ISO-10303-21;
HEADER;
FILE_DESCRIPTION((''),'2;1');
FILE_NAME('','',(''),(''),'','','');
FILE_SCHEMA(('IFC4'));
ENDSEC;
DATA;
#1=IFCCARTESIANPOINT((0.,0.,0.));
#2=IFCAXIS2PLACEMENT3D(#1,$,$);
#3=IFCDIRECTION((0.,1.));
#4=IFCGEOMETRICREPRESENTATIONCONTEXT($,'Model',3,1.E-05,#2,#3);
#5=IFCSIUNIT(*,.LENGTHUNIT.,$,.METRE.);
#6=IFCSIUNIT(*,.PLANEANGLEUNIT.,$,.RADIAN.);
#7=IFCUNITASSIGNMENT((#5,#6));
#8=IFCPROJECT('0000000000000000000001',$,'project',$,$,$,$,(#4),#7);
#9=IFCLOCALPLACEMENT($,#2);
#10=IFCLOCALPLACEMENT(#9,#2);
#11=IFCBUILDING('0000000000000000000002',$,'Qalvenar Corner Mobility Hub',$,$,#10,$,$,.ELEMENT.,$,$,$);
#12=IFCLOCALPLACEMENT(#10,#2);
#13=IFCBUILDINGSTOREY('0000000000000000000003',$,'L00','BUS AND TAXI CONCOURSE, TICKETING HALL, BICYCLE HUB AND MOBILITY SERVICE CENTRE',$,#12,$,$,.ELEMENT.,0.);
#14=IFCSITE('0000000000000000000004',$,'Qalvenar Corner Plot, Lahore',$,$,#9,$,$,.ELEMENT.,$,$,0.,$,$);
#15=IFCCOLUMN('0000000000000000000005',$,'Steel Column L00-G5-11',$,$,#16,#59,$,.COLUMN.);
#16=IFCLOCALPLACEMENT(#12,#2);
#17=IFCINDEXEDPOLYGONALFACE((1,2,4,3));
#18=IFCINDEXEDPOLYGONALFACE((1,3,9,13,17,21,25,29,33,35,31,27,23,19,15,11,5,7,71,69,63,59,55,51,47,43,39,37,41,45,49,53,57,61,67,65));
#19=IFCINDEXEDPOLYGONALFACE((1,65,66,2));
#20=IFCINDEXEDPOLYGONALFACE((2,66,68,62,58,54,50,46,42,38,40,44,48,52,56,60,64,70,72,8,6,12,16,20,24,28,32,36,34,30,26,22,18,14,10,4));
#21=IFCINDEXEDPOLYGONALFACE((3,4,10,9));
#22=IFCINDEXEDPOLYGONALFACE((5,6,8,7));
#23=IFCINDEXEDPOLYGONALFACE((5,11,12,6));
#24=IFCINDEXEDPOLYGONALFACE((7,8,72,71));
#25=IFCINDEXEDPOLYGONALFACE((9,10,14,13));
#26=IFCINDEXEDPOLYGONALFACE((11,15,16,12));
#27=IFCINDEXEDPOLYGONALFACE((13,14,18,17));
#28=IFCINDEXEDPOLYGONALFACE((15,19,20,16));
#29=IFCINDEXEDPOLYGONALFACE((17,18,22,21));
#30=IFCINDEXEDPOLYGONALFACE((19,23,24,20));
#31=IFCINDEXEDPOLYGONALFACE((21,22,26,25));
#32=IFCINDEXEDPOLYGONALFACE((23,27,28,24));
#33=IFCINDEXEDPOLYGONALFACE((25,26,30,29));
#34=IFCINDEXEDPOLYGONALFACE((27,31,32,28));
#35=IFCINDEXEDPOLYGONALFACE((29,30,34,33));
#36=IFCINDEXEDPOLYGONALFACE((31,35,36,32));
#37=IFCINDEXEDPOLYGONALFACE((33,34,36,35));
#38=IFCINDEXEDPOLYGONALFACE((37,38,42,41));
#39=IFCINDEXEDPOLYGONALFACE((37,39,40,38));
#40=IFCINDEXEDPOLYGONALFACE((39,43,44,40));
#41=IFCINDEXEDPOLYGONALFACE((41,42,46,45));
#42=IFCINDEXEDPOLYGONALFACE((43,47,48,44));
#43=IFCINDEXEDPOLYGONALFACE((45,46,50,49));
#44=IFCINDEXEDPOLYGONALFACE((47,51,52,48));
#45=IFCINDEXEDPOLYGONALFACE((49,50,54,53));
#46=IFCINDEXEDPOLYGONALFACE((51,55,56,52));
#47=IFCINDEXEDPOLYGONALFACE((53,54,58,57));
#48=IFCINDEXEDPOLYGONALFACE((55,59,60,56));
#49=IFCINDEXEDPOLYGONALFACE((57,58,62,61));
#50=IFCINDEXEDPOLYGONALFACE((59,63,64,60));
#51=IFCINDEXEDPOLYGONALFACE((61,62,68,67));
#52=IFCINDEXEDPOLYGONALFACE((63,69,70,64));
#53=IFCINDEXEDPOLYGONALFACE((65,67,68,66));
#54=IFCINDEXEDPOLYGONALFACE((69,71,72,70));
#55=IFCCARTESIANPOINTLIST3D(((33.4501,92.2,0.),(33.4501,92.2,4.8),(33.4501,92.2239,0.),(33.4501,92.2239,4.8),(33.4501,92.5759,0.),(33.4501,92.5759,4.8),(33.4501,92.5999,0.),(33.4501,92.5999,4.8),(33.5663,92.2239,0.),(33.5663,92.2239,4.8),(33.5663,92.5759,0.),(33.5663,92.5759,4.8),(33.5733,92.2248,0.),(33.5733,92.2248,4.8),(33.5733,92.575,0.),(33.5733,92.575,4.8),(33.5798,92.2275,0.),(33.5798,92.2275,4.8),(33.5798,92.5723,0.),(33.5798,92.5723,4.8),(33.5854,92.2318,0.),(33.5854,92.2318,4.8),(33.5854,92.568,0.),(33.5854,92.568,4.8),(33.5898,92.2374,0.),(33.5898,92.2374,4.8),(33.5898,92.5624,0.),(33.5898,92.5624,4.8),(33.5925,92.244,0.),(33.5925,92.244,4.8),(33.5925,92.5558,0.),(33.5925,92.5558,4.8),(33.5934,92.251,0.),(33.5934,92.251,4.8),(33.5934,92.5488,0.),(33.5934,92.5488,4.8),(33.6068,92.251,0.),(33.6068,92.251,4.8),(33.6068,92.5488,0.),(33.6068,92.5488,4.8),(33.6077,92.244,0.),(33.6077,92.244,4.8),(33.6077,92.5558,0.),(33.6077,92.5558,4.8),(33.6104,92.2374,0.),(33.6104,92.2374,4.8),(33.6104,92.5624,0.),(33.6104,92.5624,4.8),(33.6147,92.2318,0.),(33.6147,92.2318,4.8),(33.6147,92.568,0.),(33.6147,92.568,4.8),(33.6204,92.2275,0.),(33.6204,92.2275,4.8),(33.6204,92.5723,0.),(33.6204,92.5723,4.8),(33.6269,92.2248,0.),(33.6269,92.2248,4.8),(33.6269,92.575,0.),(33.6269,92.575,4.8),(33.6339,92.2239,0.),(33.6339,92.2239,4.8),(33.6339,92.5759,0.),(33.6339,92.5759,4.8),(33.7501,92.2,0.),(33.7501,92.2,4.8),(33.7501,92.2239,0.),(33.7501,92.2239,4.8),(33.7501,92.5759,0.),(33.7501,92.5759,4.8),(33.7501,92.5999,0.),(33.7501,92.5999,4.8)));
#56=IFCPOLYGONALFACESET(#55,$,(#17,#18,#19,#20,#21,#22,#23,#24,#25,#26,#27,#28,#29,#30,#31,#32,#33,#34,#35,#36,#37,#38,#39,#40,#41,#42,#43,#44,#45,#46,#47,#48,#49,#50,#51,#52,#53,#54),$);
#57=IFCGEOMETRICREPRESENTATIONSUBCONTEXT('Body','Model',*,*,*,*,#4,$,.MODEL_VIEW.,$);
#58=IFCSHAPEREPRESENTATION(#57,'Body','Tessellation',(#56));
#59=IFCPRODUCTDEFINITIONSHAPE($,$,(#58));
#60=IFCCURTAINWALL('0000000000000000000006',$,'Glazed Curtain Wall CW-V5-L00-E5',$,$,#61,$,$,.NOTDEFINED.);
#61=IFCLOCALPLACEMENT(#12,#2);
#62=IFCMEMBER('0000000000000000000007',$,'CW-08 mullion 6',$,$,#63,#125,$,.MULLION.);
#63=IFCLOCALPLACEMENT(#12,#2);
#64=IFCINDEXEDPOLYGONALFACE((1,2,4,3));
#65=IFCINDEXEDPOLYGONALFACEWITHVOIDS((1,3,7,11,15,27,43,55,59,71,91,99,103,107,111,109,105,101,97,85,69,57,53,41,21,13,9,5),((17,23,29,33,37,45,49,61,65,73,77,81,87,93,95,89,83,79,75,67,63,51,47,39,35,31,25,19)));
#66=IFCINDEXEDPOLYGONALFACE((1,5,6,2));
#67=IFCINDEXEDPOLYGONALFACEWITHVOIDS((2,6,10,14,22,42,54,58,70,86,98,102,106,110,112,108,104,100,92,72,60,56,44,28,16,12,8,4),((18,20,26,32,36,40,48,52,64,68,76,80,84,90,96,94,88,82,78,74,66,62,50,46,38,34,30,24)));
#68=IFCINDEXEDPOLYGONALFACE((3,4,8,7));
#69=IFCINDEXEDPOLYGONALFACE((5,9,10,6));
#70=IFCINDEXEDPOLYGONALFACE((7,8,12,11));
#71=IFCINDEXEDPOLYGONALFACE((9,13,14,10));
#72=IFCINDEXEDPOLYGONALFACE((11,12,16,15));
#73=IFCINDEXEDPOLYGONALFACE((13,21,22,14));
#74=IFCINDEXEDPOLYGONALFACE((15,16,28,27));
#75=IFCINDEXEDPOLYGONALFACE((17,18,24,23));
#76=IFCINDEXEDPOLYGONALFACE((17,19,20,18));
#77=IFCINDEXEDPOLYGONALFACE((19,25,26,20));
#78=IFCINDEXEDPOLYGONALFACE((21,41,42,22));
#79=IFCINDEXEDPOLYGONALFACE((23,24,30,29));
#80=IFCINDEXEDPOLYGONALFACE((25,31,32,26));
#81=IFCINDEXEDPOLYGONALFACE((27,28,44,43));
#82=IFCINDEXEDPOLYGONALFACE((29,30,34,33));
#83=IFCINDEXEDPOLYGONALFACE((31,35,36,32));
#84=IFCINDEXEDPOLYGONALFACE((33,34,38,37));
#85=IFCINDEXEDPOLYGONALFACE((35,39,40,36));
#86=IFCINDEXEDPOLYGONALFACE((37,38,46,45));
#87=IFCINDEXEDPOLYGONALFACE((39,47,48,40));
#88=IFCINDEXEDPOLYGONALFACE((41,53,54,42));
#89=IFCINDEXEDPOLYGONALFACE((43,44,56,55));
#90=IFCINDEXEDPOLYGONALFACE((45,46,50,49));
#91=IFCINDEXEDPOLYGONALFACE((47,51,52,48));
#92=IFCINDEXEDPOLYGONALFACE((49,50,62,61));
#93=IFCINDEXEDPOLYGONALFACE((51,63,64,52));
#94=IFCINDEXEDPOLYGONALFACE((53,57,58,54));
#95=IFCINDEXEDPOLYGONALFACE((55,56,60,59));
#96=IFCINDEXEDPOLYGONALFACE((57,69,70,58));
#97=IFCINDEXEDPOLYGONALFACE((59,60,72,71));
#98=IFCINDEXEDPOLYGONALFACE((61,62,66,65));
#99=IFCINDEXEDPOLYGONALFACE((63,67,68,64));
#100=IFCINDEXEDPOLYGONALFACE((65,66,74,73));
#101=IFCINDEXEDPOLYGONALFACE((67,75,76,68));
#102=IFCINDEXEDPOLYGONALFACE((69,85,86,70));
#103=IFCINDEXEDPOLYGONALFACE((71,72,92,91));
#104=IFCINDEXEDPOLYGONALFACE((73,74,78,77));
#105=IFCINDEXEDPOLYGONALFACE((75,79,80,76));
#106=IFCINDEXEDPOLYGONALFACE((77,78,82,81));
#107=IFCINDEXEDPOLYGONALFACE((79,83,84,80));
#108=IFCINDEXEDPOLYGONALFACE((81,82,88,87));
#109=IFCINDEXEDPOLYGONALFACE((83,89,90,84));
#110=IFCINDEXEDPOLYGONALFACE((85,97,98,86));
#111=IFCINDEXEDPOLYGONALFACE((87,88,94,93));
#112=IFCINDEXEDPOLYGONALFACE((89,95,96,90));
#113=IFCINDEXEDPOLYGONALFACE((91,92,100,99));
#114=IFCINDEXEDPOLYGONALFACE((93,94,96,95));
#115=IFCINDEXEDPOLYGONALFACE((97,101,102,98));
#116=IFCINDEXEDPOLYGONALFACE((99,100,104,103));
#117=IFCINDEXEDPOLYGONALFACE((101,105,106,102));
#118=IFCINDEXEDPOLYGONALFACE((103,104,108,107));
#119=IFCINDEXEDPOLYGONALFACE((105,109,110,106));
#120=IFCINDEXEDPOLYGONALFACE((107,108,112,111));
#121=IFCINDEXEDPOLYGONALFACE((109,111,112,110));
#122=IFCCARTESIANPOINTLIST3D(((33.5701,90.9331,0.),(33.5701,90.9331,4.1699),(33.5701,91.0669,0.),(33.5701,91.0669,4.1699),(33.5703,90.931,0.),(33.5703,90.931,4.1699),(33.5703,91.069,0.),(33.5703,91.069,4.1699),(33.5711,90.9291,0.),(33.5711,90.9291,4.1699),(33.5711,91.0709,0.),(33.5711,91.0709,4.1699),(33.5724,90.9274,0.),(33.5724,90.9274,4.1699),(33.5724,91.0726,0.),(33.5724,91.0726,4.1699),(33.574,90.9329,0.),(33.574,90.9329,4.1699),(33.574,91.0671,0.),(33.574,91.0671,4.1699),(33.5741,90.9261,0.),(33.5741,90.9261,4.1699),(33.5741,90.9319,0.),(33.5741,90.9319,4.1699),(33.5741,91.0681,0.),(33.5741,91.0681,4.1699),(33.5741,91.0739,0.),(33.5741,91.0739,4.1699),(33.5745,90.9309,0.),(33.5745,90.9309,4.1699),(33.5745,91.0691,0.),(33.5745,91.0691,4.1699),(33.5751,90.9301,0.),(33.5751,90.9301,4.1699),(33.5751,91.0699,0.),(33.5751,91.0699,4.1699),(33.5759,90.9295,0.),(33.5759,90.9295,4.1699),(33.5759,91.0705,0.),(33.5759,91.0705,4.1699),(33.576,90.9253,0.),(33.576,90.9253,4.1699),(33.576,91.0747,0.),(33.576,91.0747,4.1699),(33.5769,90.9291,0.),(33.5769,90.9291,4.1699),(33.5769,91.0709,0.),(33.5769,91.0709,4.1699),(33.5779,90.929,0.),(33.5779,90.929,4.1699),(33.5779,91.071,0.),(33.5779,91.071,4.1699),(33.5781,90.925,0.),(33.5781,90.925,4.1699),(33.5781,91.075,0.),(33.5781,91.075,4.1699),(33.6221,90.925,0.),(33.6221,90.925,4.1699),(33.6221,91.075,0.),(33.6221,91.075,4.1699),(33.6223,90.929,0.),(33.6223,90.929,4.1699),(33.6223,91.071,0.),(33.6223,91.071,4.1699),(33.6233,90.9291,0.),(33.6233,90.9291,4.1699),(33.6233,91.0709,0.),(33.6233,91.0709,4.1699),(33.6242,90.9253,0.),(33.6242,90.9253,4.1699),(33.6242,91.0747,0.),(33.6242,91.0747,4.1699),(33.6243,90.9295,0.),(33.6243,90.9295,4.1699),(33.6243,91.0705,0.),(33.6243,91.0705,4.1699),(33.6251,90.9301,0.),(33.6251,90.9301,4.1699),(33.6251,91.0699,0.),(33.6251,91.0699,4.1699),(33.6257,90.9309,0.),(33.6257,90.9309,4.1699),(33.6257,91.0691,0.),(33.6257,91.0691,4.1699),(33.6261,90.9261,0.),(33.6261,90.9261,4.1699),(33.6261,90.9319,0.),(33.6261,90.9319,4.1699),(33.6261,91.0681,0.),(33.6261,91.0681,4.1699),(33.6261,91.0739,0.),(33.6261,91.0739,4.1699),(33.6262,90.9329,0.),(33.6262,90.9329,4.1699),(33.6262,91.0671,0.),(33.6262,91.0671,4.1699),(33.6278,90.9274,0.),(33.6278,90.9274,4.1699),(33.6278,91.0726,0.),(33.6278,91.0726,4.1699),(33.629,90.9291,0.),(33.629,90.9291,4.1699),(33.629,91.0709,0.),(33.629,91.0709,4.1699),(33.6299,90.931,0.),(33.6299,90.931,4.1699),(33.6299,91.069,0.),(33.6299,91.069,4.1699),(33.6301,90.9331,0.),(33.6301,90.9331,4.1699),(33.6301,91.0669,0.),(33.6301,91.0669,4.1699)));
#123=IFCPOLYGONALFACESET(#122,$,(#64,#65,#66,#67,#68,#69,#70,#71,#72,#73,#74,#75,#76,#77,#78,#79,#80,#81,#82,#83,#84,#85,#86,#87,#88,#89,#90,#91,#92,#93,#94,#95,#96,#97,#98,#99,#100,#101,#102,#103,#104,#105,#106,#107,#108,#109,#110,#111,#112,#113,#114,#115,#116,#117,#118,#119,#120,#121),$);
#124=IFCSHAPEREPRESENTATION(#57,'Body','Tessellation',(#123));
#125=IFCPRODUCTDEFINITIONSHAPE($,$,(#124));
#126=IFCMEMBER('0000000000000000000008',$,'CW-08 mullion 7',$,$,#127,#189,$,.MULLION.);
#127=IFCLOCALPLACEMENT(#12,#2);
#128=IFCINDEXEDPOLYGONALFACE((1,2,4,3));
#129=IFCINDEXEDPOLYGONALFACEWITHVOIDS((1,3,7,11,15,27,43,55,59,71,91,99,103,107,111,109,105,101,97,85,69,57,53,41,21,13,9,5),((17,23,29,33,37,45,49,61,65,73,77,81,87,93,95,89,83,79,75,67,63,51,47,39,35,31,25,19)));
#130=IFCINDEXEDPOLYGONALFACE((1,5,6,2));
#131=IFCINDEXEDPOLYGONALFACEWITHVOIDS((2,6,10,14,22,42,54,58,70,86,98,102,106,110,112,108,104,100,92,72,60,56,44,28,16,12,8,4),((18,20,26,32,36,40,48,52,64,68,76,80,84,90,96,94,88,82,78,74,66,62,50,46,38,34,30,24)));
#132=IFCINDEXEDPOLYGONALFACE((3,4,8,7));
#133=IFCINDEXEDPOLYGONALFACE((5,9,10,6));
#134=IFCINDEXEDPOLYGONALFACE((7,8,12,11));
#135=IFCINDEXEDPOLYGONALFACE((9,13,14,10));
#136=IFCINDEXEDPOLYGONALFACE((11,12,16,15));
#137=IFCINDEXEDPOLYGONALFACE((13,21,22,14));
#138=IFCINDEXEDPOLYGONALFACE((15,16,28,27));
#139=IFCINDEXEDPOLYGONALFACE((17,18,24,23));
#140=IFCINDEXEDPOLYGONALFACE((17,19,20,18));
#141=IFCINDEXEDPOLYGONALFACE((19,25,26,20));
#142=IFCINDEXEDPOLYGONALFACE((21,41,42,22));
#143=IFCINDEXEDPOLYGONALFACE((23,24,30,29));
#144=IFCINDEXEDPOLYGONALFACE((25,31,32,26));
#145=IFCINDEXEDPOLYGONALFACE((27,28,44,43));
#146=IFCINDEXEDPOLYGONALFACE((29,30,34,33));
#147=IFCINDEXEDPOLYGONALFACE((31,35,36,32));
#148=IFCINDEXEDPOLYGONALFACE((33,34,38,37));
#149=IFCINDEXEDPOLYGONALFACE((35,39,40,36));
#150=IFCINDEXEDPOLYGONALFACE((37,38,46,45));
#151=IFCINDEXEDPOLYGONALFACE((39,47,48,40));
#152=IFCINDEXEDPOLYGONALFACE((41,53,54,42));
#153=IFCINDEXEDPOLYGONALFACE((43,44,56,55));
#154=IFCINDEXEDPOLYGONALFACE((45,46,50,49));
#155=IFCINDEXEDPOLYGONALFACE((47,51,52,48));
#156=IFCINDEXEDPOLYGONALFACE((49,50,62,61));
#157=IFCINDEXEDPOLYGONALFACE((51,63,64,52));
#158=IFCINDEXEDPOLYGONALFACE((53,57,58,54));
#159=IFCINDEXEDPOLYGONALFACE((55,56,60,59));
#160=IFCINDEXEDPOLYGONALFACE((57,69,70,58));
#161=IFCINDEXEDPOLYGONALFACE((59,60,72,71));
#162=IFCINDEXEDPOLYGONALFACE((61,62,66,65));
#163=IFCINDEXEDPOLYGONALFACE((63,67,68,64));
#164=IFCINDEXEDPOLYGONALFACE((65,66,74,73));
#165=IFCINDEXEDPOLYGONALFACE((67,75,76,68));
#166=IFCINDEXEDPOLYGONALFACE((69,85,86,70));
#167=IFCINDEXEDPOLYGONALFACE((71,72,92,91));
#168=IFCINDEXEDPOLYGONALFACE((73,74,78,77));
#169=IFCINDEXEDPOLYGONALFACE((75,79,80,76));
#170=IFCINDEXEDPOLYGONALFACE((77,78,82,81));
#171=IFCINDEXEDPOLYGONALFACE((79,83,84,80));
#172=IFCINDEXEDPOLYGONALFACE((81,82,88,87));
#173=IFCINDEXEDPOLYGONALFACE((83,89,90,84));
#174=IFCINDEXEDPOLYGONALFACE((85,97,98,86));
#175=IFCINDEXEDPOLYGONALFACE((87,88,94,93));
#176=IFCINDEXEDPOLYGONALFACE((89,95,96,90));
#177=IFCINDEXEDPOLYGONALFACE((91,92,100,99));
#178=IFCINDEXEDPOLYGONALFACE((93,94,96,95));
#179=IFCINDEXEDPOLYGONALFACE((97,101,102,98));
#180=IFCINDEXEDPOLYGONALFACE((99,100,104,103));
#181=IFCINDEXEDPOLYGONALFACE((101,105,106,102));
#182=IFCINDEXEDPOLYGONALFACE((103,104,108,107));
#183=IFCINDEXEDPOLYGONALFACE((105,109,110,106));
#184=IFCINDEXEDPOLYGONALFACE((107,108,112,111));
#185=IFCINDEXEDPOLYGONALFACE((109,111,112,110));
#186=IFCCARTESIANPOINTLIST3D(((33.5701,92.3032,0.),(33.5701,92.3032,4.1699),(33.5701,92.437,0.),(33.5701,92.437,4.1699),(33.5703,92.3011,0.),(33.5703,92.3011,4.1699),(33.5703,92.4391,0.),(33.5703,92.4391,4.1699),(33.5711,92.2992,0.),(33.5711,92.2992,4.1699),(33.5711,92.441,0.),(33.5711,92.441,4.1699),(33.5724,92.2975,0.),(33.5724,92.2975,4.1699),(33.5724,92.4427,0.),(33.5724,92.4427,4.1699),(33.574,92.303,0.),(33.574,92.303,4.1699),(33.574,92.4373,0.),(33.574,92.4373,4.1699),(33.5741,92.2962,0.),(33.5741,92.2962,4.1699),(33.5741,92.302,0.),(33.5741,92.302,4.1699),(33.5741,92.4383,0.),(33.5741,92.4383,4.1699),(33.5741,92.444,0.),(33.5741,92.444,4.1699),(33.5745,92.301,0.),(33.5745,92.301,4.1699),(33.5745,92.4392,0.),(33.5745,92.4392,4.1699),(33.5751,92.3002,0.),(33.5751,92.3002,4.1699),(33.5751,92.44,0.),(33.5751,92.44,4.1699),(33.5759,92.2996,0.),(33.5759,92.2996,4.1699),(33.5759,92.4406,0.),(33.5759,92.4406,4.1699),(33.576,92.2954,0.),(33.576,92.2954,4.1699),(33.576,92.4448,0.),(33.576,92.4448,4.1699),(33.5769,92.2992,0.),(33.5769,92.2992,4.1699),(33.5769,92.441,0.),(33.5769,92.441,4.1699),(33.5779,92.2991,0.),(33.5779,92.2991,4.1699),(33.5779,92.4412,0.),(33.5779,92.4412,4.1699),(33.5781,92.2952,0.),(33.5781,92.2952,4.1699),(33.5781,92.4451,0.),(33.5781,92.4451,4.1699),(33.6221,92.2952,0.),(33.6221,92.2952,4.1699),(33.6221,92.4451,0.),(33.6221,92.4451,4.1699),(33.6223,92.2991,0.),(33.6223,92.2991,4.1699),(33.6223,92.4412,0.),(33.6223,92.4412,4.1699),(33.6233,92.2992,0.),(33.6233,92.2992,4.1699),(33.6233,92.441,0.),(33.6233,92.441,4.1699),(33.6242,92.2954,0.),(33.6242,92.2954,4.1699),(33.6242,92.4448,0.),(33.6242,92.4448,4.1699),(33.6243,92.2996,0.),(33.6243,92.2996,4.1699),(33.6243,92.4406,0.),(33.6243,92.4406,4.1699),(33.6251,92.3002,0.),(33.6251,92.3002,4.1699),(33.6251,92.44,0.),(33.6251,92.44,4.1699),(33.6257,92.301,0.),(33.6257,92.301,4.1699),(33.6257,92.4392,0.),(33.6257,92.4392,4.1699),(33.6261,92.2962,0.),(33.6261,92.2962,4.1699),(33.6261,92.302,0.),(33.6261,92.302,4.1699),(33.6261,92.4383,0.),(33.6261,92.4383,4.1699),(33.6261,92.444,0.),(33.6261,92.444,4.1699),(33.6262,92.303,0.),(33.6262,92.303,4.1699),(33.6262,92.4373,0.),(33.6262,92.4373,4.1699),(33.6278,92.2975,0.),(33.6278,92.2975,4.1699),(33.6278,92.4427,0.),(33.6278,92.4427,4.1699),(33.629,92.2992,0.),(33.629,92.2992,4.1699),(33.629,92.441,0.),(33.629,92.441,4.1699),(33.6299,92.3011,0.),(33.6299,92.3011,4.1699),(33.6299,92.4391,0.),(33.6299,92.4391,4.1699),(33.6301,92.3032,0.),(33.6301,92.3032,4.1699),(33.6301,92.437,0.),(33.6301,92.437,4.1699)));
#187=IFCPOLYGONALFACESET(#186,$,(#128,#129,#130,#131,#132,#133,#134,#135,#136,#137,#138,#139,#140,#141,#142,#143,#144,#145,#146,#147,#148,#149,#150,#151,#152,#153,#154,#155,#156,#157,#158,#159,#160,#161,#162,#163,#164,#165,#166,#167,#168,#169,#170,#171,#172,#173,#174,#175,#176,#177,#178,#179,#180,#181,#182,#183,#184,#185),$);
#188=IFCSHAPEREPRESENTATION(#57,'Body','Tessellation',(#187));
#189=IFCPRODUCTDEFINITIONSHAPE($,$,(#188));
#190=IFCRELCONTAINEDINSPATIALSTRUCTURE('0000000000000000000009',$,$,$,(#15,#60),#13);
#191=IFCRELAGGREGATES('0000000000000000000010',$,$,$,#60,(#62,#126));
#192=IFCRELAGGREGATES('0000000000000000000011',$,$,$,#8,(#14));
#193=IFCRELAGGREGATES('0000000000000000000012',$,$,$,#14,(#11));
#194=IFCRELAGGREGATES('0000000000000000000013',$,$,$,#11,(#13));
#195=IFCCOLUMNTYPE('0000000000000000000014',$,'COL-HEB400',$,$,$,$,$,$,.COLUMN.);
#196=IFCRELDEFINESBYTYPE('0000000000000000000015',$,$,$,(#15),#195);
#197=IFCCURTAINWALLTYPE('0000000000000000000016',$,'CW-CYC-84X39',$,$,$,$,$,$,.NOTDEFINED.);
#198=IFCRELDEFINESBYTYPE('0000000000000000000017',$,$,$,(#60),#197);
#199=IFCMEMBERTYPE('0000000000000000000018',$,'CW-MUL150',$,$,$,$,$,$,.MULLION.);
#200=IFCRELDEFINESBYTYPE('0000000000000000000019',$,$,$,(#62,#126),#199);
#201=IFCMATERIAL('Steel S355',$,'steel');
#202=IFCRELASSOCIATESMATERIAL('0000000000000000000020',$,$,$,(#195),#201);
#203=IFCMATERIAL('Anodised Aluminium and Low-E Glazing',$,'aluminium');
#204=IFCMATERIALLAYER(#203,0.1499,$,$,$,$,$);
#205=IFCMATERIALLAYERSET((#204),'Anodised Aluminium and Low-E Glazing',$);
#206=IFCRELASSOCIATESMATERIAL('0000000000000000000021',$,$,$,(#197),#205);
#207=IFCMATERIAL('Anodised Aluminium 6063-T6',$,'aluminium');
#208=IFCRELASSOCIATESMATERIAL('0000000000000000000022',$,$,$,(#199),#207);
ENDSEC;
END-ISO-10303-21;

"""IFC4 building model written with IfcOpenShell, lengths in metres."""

from ifc_helpers import new_model, si_unit, direction, frame, origin, origin_2d, place, context, subcontext, project, spatial, hollow_rectangle, i_section, extrude, material, layer, layer_set, material_profile, profile_set, type_object, element, aggregate, save


model = new_model("IFC4")

# Units and contexts
model_context = context("Model", 3, precision=1e-05, world=origin(), true_north=direction((0.0, 1.0)))
body_context = subcontext(model_context, "Body", "Model", "MODEL_VIEW")
ifc_project = project(units=[si_unit("LENGTHUNIT", "METRE"), si_unit("PLANEANGLEUNIT", "RADIAN")], contexts=[model_context])

# Site, building, storey
site_placement = place(None, origin())
site = spatial("IfcSite", under=ifc_project, at=site_placement, Name="Qalvenar Corner Plot, Lahore", CompositionType="ELEMENT", RefElevation=0.0)
building_placement = place(site_placement, origin())
building = spatial("IfcBuilding", under=site, at=building_placement, Name="Qalvenar Corner Mobility Hub", CompositionType="ELEMENT")
storey_placement = place(building_placement, origin())
storey = spatial("IfcBuildingStorey", under=building, at=storey_placement, Name="L00", Description="BUS AND TAXI CONCOURSE, TICKETING HALL, BICYCLE HUB AND MOBILITY SERVICE CENTRE", CompositionType="ELEMENT", Elevation=0.0)

# Column
ifc_material_1 = material(Name="Steel S355", Category="steel")
ifc_material_profile_1 = material_profile(ifc_material_1, i_section(OverallWidth=0.3, OverallDepth=0.3999, WebThickness=0.0134, FlangeThickness=0.0239, FilletRadius=0.0271, at=origin_2d()), Name="HEB400")
ifc_profile_set_1 = profile_set([ifc_material_profile_1], Name="Steel S355")
column_type = type_object("IfcColumnType", Name="COL-HEB400", PredefinedType="COLUMN", material=ifc_profile_set_1)
column_placement = place(storey_placement, frame((33.6001, 92.3999, 0.0), z_axis=(0.0, 0.0, 1.0), x_axis=(1.0, 0.0, 0.0)))
element("IfcColumn", 1, at=column_placement, inside=storey, type_object=column_type, Name="Steel Column L00-G5-11", PredefinedType="COLUMN", context=body_context, shape_type="SweptSolid", body=[
    extrude(i_section(OverallWidth=0.3, OverallDepth=0.3999, WebThickness=0.0134, FlangeThickness=0.0239, FilletRadius=0.0271, at=origin_2d()), origin(), (0.0, 0.0, 1.0), 4.8),
])

# Curtain wall, members
ifc_material_2 = material(Name="Anodised Aluminium and Low-E Glazing", Category="aluminium")
ifc_layer_1 = layer(ifc_material_2, 0.1499)
ifc_layer_set_1 = layer_set([ifc_layer_1], Name="Anodised Aluminium and Low-E Glazing")
curtain_wall_type = type_object("IfcCurtainWallType", Name="CW-CYC-84X39", PredefinedType="NOTDEFINED", material=ifc_layer_set_1)
curtain_wall_1_placement = place(storey_placement, origin())
curtain_wall_1 = element("IfcCurtainWall", 2, at=curtain_wall_1_placement, inside=storey, type_object=curtain_wall_type, Name="Glazed Curtain Wall CW-V5-L00-E5", PredefinedType="NOTDEFINED")
ifc_material_3 = material(Name="Anodised Aluminium 6063-T6", Category="aluminium")
ifc_material_profile_2 = material_profile(ifc_material_3, hollow_rectangle(XDim=0.0601, YDim=0.1499, WallThickness=0.0039, InnerFilletRadius=0.0039, OuterFilletRadius=0.0081, at=origin_2d()), Name="RHS150x60x4")
ifc_profile_set_2 = profile_set([ifc_material_profile_2], Name="Anodised Aluminium 6063-T6")
member_type_1 = type_object("IfcMemberType", Name="CW-MUL150", PredefinedType="MULLION", material=ifc_profile_set_2)
member_1_placement = place(storey_placement, frame((33.6001, 91.0, 0.0), z_axis=(0.0, 0.0, 1.0), x_axis=(-1.0, 0.0, 0.0)))
member_1 = element("IfcMember", 3, at=member_1_placement, type_object=member_type_1, Name="CW-08 mullion 6", PredefinedType="MULLION", context=body_context, shape_type="SweptSolid", body=[
    extrude(hollow_rectangle(XDim=0.0601, YDim=0.1499, WallThickness=0.0039, InnerFilletRadius=0.0039, OuterFilletRadius=0.0081, at=origin_2d()), origin(), (0.0, 0.0, 1.0), 4.1699),
])
member_2_placement = place(storey_placement, frame((33.6001, 92.3701, 0.0), z_axis=(0.0, 0.0, 1.0), x_axis=(-1.0, 0.0, 0.0)))
member_2 = element("IfcMember", 4, at=member_2_placement, type_object=member_type_1, Name="CW-08 mullion 7", PredefinedType="MULLION", context=body_context, shape_type="SweptSolid", body=[
    extrude(hollow_rectangle(XDim=0.0601, YDim=0.1499, WallThickness=0.0039, InnerFilletRadius=0.0039, OuterFilletRadius=0.0081, at=origin_2d()), origin(), (0.0, 0.0, 1.0), 4.1699),
])

aggregate(curtain_wall_1, [member_1, member_2])

save(model, "model.ifc")
